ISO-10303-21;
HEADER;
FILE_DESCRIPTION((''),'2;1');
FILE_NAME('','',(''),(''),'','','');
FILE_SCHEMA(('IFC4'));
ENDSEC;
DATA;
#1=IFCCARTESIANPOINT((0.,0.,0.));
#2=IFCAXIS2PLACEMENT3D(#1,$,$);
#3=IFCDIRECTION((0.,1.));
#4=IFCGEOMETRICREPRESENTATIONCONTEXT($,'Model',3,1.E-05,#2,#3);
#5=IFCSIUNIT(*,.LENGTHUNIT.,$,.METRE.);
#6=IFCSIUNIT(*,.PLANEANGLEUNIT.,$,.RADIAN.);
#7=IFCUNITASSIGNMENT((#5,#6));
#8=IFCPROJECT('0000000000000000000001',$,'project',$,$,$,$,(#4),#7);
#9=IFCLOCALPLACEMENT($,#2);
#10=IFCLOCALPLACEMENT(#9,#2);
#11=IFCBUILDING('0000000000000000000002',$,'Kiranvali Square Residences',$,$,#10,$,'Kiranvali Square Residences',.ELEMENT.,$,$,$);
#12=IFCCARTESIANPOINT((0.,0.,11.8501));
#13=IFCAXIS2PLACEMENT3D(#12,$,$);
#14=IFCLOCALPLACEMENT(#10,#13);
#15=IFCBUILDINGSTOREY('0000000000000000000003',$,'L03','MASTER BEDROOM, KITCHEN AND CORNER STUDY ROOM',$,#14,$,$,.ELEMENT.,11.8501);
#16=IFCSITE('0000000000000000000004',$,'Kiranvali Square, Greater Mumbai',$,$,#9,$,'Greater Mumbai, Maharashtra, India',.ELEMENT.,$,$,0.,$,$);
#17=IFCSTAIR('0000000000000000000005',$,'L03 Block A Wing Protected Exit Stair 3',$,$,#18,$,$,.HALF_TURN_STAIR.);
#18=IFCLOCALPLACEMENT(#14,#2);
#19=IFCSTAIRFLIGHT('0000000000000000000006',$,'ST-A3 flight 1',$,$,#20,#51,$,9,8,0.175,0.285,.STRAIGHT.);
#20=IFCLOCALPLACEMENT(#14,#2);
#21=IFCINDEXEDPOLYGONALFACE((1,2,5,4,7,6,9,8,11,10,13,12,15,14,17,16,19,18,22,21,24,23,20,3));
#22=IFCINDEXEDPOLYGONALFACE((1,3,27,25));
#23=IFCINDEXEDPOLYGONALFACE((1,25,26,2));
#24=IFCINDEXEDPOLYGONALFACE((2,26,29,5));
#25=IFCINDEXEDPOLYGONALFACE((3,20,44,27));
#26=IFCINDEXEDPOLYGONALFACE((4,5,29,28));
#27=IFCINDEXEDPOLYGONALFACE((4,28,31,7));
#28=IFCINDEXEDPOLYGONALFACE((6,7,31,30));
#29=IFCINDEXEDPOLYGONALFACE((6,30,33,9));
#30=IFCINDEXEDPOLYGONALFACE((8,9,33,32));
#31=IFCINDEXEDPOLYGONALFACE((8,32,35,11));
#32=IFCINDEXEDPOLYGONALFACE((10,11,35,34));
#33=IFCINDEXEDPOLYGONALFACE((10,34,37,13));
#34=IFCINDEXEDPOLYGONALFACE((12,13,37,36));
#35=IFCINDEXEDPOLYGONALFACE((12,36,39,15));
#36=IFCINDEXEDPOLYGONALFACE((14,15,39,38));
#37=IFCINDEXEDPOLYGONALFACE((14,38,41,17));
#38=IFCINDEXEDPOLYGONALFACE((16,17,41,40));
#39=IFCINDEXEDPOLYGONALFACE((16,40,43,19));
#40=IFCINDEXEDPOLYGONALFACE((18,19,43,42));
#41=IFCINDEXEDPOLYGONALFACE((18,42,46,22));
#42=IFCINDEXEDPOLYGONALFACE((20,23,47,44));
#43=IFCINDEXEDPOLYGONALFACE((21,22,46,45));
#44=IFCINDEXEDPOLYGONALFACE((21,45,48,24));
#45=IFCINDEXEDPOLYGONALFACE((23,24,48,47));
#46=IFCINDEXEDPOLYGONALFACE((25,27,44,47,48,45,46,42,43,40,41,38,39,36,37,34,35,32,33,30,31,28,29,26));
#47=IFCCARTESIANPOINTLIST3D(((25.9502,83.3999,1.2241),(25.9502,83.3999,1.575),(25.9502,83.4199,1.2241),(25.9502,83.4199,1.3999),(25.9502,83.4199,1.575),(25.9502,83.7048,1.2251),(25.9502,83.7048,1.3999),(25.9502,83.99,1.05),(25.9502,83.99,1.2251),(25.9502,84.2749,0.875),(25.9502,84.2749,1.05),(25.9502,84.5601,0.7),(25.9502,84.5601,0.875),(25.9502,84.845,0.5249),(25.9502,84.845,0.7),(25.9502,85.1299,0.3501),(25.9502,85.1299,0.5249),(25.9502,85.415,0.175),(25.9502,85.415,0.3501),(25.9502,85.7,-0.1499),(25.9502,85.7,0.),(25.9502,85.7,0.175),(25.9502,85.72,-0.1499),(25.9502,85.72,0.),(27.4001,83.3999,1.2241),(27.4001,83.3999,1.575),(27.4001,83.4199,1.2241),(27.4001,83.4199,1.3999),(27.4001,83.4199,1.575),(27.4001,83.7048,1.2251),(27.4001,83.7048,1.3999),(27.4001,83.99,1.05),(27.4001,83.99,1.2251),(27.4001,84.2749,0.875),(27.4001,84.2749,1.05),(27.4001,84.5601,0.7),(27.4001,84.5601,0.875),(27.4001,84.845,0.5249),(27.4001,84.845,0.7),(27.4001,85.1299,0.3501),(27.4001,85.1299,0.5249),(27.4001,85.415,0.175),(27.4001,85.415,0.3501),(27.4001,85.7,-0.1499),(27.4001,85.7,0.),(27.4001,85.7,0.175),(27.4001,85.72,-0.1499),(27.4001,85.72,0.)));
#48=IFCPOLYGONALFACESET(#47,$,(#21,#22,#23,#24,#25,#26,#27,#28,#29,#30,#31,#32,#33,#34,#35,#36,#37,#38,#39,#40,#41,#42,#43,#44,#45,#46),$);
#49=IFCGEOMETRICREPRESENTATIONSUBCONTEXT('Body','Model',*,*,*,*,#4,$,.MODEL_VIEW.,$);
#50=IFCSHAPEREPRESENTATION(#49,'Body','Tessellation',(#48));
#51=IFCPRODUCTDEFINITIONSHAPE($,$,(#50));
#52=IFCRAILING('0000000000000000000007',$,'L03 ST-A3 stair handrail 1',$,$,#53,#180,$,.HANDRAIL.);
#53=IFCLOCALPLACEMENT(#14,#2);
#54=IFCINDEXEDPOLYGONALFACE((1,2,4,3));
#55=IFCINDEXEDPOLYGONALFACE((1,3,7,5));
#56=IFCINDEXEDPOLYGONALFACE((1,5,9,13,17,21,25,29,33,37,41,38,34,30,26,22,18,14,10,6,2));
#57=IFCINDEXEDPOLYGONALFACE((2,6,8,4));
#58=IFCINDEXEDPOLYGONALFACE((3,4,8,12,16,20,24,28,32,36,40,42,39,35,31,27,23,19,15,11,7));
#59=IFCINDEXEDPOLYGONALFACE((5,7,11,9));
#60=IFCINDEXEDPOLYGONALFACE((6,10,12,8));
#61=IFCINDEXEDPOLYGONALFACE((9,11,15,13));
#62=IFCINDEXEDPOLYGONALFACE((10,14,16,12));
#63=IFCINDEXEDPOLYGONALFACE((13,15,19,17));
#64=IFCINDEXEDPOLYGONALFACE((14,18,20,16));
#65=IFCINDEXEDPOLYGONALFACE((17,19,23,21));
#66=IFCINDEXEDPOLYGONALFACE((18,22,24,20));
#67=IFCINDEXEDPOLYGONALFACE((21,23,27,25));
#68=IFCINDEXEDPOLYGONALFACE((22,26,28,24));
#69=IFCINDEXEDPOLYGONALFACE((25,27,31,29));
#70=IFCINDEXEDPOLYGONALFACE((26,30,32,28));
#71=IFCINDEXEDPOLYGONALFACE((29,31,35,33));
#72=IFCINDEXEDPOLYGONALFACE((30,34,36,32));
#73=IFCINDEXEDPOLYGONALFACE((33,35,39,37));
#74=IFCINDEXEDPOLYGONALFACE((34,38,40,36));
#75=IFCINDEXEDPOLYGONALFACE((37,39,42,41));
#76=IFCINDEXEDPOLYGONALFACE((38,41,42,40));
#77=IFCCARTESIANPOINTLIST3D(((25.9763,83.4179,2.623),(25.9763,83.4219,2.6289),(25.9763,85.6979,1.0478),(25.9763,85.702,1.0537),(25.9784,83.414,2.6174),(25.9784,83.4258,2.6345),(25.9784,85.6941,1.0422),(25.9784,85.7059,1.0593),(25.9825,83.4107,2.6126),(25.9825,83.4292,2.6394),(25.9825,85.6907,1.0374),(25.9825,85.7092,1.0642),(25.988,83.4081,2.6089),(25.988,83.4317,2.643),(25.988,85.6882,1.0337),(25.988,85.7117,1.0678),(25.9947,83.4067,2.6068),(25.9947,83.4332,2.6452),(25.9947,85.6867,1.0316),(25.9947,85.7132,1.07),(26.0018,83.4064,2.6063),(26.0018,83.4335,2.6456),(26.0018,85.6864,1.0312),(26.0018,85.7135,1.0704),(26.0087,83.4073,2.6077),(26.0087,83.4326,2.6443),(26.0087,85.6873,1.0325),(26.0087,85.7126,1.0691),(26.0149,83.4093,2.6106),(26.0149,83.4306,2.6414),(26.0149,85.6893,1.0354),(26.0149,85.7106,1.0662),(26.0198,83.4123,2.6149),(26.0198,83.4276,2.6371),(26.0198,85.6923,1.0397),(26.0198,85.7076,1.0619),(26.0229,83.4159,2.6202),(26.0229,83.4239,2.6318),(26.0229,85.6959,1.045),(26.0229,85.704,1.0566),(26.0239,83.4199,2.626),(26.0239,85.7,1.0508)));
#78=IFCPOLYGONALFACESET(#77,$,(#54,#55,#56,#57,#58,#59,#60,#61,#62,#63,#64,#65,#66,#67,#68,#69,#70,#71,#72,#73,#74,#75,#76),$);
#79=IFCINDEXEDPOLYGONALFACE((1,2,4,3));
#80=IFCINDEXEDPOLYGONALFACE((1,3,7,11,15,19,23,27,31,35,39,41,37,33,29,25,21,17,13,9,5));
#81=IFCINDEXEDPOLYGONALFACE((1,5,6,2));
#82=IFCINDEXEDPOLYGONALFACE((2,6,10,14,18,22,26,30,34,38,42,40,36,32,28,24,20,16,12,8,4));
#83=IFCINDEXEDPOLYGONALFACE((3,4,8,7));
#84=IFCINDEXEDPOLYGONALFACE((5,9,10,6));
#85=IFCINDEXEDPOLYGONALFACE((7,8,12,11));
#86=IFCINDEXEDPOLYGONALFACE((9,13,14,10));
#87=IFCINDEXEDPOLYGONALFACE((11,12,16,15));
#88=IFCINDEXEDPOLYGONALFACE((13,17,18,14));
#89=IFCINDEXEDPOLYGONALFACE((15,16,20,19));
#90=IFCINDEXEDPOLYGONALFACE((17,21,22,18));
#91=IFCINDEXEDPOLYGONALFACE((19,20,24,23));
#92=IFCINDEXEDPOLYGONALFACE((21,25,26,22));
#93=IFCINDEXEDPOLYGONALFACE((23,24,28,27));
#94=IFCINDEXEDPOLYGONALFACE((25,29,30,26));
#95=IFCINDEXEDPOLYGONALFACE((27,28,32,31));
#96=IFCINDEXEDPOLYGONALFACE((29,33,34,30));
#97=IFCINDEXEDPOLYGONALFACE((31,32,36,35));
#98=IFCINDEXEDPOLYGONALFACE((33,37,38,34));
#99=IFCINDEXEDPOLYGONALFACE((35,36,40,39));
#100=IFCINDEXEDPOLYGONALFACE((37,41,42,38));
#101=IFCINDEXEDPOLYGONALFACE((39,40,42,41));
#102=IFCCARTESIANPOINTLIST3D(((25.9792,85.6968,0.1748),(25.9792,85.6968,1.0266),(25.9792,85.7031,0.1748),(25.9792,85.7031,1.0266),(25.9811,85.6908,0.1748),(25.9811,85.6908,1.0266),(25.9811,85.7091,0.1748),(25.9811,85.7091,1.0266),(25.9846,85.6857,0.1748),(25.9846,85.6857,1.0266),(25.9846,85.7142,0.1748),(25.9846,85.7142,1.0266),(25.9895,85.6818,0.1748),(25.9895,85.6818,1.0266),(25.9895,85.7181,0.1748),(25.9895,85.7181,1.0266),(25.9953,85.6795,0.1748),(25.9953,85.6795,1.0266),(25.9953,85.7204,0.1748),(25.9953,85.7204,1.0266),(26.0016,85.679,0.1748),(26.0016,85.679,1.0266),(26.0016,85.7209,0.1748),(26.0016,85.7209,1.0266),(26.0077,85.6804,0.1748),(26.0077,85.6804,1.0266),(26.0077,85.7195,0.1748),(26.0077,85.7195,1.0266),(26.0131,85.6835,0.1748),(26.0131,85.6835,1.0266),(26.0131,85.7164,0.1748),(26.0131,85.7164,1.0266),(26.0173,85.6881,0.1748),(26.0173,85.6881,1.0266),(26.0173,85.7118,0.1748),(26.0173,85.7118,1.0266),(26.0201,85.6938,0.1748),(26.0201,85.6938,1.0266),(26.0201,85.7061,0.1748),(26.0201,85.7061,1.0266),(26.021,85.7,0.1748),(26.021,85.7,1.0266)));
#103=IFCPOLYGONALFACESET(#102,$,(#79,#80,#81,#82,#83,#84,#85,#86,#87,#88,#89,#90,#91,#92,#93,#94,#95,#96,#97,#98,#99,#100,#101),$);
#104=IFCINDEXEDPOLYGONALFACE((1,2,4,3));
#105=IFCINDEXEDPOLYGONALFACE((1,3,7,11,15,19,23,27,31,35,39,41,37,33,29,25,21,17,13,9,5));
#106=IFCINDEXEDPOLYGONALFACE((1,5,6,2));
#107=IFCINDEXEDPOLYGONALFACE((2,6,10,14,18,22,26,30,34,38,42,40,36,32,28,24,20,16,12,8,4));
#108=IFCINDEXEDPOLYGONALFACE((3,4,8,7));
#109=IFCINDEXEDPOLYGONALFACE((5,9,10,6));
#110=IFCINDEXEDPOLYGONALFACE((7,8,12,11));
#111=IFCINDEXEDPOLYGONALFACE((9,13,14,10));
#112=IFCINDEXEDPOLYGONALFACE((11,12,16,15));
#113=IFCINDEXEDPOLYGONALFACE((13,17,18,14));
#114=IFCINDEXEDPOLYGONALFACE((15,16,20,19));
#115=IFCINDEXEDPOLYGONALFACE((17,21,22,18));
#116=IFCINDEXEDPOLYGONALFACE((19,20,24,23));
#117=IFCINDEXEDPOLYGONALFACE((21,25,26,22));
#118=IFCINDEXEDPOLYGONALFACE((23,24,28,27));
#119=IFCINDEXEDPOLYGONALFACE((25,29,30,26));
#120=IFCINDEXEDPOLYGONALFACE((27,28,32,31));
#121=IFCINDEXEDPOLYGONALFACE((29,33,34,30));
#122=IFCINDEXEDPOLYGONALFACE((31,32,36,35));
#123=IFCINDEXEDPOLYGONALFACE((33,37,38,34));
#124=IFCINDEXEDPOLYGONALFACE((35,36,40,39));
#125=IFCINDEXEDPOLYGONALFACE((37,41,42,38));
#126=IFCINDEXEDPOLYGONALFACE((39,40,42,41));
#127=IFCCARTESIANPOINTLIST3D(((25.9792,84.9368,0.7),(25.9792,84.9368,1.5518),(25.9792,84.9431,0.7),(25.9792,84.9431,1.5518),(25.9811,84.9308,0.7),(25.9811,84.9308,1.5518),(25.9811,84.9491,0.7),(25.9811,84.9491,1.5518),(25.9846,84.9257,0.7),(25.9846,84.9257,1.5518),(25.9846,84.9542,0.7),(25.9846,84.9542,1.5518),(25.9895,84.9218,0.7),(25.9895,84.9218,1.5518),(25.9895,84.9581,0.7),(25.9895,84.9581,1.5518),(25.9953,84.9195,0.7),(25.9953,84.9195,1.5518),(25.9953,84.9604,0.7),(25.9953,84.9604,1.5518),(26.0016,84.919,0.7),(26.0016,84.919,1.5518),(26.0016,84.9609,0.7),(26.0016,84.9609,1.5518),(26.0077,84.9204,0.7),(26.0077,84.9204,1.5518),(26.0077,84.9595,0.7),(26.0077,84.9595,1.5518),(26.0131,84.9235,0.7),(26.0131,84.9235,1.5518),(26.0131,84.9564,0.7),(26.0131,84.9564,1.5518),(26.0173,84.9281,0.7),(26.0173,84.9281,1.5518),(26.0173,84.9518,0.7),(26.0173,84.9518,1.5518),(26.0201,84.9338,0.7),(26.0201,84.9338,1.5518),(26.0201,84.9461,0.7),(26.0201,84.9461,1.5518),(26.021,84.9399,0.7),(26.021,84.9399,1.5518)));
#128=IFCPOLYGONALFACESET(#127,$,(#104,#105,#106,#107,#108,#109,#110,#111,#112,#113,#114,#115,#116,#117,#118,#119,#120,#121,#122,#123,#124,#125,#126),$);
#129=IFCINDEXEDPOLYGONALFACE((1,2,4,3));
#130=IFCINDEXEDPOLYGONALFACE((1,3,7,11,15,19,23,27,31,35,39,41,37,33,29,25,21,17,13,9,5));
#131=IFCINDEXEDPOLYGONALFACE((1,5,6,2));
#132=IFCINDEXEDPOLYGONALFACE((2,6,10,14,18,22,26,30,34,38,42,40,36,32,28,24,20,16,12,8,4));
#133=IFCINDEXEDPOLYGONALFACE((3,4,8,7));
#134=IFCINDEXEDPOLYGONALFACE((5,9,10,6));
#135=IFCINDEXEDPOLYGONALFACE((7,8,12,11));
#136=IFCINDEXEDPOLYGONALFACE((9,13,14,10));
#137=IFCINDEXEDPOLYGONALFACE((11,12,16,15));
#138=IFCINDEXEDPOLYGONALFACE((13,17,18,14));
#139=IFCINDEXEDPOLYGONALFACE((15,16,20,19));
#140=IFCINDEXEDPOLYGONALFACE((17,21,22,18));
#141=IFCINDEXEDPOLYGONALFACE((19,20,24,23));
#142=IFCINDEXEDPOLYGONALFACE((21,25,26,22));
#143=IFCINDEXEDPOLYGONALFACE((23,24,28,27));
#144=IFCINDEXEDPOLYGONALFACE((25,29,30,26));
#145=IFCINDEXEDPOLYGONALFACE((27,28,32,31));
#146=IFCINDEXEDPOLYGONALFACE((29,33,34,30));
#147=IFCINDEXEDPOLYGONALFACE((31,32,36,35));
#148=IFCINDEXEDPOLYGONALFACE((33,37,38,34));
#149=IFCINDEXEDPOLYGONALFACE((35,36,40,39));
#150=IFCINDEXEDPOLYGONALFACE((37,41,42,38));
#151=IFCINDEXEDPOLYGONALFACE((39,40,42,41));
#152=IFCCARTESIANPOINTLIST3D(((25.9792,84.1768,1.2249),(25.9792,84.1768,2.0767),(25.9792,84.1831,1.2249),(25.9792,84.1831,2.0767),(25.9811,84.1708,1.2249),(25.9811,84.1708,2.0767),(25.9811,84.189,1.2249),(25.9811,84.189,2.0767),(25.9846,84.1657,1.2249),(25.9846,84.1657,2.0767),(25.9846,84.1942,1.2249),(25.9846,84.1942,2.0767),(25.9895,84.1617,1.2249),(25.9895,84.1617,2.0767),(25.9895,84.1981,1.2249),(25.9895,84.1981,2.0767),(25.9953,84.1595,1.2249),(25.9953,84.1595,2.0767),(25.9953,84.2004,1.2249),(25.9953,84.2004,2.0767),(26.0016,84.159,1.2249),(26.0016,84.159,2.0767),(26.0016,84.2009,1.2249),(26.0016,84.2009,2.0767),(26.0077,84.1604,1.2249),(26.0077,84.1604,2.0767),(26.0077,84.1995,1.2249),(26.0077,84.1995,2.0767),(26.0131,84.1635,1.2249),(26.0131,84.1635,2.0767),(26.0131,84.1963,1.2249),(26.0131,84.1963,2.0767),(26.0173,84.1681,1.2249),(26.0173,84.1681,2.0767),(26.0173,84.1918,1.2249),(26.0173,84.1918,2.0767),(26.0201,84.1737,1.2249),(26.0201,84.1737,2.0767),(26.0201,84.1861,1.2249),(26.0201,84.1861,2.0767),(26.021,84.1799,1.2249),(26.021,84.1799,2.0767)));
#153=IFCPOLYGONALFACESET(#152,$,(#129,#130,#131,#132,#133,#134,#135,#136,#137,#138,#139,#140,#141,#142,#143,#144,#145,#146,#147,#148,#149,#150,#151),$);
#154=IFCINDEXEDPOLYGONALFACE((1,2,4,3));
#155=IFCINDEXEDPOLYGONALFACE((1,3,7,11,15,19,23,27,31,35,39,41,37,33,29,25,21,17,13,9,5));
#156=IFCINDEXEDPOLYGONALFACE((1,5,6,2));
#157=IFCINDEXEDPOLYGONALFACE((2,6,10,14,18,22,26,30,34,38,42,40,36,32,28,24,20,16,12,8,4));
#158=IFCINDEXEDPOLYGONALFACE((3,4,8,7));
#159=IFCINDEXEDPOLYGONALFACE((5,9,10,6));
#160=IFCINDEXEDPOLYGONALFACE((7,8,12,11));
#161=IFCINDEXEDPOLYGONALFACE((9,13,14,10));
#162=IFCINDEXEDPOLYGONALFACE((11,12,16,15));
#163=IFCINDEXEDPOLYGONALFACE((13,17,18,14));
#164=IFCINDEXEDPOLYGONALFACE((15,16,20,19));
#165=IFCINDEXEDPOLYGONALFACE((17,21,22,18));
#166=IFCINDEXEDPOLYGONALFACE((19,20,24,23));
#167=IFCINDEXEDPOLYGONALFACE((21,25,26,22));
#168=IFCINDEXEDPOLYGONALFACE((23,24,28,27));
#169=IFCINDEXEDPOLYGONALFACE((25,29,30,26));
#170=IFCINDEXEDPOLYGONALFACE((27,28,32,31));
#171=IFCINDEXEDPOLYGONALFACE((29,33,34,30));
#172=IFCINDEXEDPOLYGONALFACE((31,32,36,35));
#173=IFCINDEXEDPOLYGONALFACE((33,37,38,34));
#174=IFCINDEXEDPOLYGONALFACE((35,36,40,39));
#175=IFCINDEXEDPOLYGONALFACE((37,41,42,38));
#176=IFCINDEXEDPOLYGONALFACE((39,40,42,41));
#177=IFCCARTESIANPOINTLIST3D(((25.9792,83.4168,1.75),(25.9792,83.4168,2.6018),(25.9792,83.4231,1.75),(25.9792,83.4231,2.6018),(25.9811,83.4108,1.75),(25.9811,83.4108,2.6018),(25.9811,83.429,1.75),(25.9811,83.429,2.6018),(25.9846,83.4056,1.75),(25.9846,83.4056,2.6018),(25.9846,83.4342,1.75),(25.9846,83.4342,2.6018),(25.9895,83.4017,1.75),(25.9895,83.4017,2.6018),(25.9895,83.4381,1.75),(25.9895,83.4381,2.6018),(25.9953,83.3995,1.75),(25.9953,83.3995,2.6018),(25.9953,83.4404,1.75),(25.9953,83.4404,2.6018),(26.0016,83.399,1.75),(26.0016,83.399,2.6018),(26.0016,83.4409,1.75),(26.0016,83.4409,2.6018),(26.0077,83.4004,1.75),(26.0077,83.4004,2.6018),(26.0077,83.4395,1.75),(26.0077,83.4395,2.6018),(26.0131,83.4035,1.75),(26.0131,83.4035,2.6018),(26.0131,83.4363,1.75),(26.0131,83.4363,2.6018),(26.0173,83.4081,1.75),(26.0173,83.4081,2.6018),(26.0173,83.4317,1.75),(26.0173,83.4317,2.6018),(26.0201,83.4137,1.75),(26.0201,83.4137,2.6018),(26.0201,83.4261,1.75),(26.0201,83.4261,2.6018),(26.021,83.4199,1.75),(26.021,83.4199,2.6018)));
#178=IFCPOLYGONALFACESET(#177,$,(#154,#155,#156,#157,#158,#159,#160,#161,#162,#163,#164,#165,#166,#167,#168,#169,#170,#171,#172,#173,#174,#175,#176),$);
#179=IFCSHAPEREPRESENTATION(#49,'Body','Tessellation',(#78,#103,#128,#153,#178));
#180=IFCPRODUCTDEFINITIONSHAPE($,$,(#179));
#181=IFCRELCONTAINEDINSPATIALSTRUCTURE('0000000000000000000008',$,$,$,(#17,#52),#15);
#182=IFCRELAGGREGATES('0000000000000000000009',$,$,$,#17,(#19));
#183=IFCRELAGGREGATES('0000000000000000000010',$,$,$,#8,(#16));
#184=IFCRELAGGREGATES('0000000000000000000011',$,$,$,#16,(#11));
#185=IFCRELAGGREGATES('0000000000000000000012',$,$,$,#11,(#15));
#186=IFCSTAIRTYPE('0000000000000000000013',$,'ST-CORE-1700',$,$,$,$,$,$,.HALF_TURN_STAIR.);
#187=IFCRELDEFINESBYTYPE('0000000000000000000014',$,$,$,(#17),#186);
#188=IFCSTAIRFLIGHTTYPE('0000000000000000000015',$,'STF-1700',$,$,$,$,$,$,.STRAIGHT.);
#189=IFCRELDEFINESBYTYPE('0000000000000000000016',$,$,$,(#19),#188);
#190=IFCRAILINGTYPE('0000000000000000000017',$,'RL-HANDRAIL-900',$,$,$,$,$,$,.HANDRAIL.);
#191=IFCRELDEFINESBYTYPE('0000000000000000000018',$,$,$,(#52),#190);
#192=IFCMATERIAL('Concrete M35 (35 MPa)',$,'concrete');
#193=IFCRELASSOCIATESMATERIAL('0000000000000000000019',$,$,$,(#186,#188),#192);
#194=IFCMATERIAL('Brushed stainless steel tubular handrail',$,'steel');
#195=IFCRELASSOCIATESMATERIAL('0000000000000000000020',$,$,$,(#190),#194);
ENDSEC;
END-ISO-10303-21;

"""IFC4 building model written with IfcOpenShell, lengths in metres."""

from ifc_helpers import new_model, si_unit, direction, frame, origin, origin_2d, place, context, subcontext, project, spatial, polyline, circle, outline, extrude, material, type_object, element, aggregate, save


model = new_model("IFC4")

# Units and contexts
model_context = context("Model", 3, precision=1e-05, world=origin(), true_north=direction((0.0, 1.0)))
body_context = subcontext(model_context, "Body", "Model", "MODEL_VIEW")
ifc_project = project(units=[si_unit("LENGTHUNIT", "METRE"), si_unit("PLANEANGLEUNIT", "RADIAN")], contexts=[model_context])

# Site, building, storey
site_placement = place(None, origin())
site = spatial("IfcSite", under=ifc_project, at=site_placement, Name="Kiranvali Square, Greater Mumbai", LongName="Greater Mumbai, Maharashtra, India", CompositionType="ELEMENT", RefElevation=0.0)
building_placement = place(site_placement, origin())
building = spatial("IfcBuilding", under=site, at=building_placement, Name="Kiranvali Square Residences", LongName="Kiranvali Square Residences", CompositionType="ELEMENT")
storey_placement = place(building_placement, frame((0.0, 0.0, 11.8501)))
storey = spatial("IfcBuildingStorey", under=building, at=storey_placement, Name="L03", Description="MASTER BEDROOM, KITCHEN AND CORNER STUDY ROOM", CompositionType="ELEMENT", Elevation=11.8501)

# Stair, stair flight
ifc_material_1 = material(Name="Concrete M35 (35 MPa)", Category="concrete")
stair_type = type_object("IfcStairType", Name="ST-CORE-1700", PredefinedType="HALF_TURN_STAIR", material=ifc_material_1)
stair_placement = place(storey_placement, origin())
stair = element("IfcStair", 1, at=stair_placement, inside=storey, type_object=stair_type, Name="L03 Block A Wing Protected Exit Stair 3", PredefinedType="HALF_TURN_STAIR")
stair_flight_type = type_object("IfcStairFlightType", Name="STF-1700", PredefinedType="STRAIGHT", material=ifc_material_1)
stair_flight_placement = place(storey_placement, frame((26.675, 85.7, 0.0), z_axis=(0.0, 0.0, 1.0), x_axis=(0.0, -1.0, 0.0)))
stair_flight = element("IfcStairFlight", 2, at=stair_flight_placement, type_object=stair_flight_type, Name="ST-A3 flight 1", NumberOfRisers=9, NumberOfTreads=8, PredefinedType="STRAIGHT", RiserHeight=0.175, TreadLength=0.285, context=body_context, shape_type="SweptSolid", body=[
    extrude(outline(polyline([(-0.02, -0.1499), (-0.02, 0.0), (0.0, 0.0), (0.0, 0.175), (0.2849, 0.175), (0.2849, 0.3501), (0.5701, 0.3501), (0.5701, 0.5249), (0.855, 0.5249), (0.855, 0.7), (1.1399, 0.7), (1.1399, 0.875), (1.425, 0.875), (1.425, 1.05), (1.71, 1.05), (1.71, 1.2251), (1.9951, 1.2251), (1.9951, 1.3999), (2.28, 1.3999), (2.28, 1.575), (2.3, 1.575), (2.3, 1.2241), (2.28, 1.2241), (0.0, -0.1499), (-0.02, -0.1499)])), frame((0.0, 0.7251, 0.0), z_axis=(0.0, -1.0, 0.0), x_axis=(1.0, 0.0, 0.0)), (0.0, 0.0, 1.0), 1.45),
])
aggregate(stair, [stair_flight])

# Railing
ifc_material_2 = material(Name="Brushed stainless steel tubular handrail", Category="steel")
railing_type_1 = type_object("IfcRailingType", Name="RL-HANDRAIL-900", PredefinedType="HANDRAIL", material=ifc_material_2)
railing_1_placement = place(storey_placement, frame((26.0, 85.7, 0.1748)))
element("IfcRailing", 3, at=railing_1_placement, inside=storey, type_object=railing_type_1, Name="L03 ST-A3 stair handrail 1", PredefinedType="HANDRAIL", context=body_context, shape_type="SweptSolid", body=[
    extrude(circle(Radius=0.0239, at=origin_2d()), frame((0.0, 0.0, 0.876), z_axis=(0.0, -0.822747, 0.568408), x_axis=(1.0, 0.0, 0.0)), (0.0, 0.0, 1.0), 2.7712),
    extrude(circle(Radius=0.021, at=origin_2d()), origin(), (0.0, 0.0, 1.0), 0.8518),
    extrude(circle(Radius=0.021, at=origin_2d()), frame((0.0, -0.76, 0.5251)), (0.0, 0.0, 1.0), 0.8518),
    extrude(circle(Radius=0.021, at=origin_2d()), frame((0.0, -1.52, 1.05)), (0.0, 0.0, 1.0), 0.8518),
    extrude(circle(Radius=0.021, at=origin_2d()), frame((0.0, -2.28, 1.5752)), (0.0, 0.0, 1.0), 0.8518),
])

save(model, "model.ifc")
